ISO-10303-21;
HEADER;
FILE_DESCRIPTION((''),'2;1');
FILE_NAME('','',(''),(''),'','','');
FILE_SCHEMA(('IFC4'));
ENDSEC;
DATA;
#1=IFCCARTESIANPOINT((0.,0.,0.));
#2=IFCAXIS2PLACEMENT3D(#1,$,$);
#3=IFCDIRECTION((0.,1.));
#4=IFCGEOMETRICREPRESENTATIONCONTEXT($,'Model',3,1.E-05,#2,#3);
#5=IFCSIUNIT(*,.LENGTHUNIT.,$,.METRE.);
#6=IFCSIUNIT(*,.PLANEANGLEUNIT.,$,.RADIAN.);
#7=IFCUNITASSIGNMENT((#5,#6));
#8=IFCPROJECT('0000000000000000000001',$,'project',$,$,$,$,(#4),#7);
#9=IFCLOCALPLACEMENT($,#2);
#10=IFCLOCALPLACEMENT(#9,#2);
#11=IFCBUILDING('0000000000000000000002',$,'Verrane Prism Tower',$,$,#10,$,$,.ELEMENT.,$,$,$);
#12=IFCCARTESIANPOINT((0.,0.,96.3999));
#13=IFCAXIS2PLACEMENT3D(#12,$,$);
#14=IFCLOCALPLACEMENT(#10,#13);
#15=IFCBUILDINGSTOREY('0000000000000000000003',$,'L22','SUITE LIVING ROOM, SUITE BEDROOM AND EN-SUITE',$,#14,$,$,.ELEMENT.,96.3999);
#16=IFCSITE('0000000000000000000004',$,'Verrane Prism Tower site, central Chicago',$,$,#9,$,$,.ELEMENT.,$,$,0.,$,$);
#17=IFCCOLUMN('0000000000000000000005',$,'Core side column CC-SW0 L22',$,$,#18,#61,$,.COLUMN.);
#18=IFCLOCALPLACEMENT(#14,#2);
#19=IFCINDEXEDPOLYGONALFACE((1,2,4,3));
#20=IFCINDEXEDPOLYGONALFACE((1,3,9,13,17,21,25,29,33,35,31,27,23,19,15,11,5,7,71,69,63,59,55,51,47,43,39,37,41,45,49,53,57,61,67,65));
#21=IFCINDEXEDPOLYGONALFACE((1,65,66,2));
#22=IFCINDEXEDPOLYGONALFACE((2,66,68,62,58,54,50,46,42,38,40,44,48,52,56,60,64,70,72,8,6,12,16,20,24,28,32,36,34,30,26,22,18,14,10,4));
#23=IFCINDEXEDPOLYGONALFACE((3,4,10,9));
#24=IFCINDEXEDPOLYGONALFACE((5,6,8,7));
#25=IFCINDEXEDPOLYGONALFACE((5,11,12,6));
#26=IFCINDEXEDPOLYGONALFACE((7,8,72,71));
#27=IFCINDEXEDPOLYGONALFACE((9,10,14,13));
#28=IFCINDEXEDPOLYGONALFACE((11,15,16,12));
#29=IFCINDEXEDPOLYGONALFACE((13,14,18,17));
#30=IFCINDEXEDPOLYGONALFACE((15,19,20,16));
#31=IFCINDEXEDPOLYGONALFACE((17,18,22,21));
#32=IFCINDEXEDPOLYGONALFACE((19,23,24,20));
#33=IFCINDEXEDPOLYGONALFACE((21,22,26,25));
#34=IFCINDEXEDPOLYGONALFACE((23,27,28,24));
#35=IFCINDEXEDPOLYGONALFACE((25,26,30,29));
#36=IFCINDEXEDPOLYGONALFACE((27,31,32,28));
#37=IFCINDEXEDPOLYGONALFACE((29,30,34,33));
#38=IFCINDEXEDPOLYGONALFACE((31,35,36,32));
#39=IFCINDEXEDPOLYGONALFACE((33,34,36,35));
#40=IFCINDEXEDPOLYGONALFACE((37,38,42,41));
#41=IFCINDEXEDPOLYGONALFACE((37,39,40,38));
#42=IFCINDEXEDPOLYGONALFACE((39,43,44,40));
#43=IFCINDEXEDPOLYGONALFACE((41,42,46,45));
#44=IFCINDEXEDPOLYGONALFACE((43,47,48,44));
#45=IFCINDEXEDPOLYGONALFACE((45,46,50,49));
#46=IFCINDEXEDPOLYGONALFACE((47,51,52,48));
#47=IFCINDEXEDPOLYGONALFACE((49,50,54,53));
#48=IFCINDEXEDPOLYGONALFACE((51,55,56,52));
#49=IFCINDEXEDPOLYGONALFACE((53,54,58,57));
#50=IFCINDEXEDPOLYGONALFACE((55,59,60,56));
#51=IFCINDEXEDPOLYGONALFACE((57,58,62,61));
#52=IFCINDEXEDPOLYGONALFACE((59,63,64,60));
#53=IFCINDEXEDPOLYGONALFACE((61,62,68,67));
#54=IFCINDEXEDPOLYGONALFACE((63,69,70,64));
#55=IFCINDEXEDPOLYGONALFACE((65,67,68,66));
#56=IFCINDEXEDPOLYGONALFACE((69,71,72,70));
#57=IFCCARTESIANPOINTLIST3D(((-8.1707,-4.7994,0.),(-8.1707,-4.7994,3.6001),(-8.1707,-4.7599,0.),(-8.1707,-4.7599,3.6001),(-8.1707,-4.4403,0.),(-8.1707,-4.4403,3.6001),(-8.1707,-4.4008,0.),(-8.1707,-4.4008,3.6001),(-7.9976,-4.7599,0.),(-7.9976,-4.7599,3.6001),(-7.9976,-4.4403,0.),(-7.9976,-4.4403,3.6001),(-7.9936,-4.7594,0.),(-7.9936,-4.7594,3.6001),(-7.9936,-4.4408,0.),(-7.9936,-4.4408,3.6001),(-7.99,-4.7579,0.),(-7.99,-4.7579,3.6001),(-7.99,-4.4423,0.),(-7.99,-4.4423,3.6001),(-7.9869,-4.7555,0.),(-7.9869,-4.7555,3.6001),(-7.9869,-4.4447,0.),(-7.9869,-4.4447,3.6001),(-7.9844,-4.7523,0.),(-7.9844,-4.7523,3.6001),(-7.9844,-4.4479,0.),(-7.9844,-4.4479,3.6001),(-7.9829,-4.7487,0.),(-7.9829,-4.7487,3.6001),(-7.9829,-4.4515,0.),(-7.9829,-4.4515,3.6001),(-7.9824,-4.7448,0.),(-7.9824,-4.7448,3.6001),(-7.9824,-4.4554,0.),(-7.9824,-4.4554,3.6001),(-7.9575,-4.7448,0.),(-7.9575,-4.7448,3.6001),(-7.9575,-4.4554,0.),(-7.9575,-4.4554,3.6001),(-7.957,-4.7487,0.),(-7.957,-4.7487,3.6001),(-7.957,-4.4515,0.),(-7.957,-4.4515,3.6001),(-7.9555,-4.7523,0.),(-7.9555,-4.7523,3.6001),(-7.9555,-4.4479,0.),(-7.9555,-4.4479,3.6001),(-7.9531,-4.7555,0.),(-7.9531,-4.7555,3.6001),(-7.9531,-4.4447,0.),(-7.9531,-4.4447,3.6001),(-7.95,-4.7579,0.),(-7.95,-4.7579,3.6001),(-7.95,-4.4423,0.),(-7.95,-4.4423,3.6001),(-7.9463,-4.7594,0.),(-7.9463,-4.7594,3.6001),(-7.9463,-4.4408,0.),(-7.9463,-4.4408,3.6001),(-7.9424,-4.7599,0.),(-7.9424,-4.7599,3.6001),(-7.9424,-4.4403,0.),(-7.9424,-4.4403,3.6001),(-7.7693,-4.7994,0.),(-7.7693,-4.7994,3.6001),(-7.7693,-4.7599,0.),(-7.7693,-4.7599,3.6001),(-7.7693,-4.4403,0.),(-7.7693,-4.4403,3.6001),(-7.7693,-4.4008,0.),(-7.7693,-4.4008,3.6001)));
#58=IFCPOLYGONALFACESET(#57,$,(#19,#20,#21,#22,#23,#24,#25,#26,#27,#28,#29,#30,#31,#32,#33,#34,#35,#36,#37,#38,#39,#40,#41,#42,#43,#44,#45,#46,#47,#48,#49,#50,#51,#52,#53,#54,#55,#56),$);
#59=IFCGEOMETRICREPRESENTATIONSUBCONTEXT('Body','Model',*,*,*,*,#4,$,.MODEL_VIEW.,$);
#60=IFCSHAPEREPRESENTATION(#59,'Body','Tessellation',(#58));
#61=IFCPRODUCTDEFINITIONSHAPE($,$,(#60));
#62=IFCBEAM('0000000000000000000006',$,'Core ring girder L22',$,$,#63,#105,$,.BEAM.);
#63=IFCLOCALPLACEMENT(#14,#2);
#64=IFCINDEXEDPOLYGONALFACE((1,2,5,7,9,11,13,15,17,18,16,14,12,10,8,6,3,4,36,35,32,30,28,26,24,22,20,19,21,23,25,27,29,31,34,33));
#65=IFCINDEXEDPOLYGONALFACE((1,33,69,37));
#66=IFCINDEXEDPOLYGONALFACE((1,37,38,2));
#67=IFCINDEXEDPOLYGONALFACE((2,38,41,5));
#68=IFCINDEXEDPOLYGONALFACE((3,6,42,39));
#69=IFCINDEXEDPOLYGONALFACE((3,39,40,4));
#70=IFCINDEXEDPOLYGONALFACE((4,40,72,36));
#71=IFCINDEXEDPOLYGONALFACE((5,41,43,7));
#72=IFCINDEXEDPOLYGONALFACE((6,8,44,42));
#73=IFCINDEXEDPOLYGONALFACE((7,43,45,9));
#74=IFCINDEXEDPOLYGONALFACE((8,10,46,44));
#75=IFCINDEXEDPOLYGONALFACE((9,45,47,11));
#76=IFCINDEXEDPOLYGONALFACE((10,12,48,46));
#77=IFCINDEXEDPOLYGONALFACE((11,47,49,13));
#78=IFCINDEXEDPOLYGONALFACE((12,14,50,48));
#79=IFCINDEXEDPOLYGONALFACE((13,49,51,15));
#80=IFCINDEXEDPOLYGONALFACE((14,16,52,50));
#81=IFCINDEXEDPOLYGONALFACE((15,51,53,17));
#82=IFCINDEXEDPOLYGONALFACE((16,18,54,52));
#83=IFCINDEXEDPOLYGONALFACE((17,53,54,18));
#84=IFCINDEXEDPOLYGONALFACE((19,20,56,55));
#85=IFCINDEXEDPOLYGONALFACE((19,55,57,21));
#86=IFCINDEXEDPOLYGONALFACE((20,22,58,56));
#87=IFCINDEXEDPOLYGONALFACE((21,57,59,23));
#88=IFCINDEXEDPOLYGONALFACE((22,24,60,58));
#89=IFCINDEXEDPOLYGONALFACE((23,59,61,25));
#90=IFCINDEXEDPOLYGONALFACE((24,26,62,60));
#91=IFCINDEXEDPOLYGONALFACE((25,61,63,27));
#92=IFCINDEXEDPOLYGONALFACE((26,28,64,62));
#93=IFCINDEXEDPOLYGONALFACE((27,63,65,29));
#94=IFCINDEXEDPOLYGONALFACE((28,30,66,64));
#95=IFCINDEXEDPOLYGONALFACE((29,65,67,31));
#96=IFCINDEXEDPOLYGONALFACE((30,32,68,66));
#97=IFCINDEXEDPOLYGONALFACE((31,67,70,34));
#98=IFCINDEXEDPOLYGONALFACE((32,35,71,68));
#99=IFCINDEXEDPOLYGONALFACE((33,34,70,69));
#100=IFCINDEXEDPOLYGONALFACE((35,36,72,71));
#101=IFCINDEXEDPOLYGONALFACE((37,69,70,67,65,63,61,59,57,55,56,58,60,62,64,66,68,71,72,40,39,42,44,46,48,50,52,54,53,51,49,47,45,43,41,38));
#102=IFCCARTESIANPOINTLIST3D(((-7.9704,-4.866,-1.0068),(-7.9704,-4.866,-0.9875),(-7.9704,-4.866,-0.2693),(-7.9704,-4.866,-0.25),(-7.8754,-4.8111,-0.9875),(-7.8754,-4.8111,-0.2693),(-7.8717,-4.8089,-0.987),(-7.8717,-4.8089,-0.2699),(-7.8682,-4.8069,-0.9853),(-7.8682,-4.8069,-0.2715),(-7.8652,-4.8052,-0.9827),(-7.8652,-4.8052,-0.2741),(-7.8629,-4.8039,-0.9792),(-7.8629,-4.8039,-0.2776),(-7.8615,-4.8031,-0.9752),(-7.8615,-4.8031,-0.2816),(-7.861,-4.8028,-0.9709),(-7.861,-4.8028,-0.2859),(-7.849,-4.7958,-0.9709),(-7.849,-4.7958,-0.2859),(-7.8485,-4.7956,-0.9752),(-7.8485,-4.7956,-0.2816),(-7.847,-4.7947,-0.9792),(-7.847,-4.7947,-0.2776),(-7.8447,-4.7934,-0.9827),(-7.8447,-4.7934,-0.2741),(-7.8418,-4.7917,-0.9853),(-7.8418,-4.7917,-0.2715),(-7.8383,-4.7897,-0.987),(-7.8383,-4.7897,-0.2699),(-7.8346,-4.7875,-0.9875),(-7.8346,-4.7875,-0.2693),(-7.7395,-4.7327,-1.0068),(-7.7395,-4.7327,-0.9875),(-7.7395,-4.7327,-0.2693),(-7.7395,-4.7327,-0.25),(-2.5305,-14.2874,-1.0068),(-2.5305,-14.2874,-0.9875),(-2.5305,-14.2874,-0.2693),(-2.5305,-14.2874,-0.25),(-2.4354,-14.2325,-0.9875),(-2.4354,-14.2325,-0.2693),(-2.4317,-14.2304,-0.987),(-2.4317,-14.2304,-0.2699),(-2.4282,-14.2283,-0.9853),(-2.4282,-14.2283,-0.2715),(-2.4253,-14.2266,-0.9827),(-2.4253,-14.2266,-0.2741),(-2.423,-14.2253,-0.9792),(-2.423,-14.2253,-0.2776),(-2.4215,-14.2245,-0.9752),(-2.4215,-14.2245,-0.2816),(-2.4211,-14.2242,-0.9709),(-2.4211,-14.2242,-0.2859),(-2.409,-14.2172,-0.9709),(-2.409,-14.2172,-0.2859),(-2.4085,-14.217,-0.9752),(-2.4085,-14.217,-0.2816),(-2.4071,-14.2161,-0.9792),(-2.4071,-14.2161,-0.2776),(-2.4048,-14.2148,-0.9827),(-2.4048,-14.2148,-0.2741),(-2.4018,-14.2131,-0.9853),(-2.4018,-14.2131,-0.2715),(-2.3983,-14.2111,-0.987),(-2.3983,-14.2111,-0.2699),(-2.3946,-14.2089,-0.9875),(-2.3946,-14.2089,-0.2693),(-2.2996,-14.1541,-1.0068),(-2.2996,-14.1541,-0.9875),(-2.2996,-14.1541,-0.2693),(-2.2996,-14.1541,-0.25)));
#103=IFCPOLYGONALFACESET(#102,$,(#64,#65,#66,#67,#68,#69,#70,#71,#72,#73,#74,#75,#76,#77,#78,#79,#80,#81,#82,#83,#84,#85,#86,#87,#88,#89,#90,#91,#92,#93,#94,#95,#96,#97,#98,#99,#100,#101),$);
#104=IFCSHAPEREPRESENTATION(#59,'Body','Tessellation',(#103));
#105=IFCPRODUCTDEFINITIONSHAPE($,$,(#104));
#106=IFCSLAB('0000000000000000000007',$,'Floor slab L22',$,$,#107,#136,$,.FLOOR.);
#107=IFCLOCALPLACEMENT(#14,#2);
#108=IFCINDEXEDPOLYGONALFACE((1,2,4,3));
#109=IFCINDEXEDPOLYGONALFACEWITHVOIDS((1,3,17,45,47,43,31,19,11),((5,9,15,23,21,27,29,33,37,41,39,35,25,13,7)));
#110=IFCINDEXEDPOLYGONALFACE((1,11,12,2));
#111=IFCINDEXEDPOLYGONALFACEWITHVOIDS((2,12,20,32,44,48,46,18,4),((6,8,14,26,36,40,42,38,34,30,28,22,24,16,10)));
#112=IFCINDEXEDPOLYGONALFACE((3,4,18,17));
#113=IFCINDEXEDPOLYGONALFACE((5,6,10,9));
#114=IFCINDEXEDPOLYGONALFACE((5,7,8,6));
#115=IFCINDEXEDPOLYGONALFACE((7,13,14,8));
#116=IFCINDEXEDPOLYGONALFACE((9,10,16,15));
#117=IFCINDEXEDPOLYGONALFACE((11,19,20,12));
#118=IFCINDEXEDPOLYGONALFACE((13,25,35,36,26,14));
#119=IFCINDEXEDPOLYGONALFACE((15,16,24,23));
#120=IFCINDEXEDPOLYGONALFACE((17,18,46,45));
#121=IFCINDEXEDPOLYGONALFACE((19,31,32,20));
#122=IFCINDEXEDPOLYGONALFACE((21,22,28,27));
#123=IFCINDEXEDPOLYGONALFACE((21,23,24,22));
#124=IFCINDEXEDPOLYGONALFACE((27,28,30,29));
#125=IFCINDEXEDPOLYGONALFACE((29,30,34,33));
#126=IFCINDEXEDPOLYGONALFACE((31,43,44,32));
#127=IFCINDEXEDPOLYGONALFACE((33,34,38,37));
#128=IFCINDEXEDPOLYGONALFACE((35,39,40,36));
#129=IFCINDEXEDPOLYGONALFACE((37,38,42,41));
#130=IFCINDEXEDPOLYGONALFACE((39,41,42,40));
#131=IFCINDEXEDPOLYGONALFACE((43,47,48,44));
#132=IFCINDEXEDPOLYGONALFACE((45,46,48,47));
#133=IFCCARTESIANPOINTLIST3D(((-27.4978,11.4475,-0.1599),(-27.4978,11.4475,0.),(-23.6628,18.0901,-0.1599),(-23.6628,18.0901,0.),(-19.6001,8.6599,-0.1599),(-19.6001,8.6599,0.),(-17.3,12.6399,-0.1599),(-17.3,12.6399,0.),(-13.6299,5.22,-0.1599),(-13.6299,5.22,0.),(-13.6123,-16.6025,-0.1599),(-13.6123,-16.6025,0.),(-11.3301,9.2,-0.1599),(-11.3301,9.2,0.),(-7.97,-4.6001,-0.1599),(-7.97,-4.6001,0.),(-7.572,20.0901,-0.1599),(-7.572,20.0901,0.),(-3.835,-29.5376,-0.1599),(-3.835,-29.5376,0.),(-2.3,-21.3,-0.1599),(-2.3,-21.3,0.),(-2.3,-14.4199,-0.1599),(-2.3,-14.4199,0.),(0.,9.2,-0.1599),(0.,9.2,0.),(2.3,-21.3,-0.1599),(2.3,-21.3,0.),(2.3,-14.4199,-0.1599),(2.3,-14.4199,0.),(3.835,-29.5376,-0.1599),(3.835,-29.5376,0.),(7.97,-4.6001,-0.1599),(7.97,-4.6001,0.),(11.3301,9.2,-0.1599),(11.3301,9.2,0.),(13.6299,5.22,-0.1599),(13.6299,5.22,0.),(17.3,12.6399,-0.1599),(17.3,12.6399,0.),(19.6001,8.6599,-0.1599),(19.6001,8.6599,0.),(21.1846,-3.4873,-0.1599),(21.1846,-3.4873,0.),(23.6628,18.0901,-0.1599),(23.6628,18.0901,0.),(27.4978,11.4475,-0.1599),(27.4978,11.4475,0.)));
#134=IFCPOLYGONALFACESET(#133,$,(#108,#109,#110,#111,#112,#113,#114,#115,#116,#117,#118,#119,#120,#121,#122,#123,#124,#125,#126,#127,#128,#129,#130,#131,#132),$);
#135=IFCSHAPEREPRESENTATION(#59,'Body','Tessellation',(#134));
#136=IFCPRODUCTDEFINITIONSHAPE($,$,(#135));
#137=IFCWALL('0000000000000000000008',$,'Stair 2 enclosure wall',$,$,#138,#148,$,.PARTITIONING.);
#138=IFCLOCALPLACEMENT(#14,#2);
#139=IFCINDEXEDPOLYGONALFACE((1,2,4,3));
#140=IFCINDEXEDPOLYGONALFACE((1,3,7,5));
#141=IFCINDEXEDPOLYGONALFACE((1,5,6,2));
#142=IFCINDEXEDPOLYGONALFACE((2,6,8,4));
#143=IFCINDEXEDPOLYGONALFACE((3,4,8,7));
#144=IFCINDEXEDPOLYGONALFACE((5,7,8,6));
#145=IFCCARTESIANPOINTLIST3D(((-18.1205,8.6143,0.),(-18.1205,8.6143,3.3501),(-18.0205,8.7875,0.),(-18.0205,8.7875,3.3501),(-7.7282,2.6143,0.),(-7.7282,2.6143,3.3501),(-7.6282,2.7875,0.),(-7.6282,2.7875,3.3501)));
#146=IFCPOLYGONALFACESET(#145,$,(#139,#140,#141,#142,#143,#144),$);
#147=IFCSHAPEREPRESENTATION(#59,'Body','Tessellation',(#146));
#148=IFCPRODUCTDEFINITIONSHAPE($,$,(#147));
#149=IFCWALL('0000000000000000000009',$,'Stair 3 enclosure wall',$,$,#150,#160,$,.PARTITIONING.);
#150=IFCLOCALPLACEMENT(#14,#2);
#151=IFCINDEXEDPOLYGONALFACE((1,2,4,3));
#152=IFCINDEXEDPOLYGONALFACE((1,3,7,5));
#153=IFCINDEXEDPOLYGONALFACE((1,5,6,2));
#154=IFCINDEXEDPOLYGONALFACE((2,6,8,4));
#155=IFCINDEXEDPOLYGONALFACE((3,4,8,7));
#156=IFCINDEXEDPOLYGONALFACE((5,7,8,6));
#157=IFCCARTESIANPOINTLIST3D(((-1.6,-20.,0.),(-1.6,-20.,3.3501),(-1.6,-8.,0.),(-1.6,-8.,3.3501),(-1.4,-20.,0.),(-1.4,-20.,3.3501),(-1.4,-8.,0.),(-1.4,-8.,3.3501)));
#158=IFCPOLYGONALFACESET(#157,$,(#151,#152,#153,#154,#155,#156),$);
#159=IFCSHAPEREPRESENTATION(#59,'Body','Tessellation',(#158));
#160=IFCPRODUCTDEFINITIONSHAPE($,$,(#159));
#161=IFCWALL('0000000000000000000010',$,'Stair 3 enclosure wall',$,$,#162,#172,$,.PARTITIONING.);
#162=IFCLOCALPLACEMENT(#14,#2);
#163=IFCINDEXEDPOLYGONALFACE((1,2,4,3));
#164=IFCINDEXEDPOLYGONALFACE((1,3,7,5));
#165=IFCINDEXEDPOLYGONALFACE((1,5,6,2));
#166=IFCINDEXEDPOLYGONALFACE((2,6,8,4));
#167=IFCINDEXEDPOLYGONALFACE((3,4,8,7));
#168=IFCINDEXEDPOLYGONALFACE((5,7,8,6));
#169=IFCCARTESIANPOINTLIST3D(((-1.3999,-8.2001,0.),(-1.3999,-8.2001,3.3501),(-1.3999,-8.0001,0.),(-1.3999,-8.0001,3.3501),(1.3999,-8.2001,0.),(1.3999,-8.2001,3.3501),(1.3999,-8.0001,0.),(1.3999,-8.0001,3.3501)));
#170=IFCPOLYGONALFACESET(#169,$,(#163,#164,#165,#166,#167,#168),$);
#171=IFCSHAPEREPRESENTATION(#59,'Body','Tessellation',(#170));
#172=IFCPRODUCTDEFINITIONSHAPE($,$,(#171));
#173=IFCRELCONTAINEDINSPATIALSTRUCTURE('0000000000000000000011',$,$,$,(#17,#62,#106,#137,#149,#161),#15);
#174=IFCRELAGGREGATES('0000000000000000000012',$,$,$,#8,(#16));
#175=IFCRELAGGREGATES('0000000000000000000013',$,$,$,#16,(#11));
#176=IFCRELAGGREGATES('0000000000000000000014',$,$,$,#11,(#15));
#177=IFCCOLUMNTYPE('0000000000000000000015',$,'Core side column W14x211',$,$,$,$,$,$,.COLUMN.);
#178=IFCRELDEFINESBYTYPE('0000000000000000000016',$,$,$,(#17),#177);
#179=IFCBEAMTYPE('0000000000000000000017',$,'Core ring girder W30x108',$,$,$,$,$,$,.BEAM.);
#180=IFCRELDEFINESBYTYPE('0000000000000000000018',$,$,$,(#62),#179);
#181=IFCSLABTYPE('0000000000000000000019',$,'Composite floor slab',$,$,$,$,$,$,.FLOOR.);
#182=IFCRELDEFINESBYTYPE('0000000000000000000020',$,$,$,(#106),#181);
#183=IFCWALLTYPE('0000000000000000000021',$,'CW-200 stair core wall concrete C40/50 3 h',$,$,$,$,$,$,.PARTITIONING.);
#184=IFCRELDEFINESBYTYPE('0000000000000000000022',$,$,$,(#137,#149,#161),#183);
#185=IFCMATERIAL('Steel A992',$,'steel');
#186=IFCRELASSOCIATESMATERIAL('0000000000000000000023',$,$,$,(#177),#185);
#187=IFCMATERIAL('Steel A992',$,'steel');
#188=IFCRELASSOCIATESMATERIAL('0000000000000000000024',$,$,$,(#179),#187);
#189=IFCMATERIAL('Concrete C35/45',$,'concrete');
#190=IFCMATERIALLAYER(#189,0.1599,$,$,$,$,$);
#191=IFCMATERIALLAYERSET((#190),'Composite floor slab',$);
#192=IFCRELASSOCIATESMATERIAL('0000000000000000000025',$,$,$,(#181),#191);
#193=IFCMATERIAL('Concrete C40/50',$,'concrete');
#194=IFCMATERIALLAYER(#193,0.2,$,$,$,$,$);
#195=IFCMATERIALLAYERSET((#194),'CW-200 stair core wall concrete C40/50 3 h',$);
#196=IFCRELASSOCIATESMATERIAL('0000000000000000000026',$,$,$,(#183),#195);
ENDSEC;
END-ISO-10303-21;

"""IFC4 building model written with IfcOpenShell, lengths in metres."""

from ifc_helpers import new_model, si_unit, direction, frame, frame_2d, origin, origin_2d, place, context, subcontext, project, spatial, polyline, rectangle, i_section, outline, extrude, material, layer, layer_set, material_profile, profile_set, type_object, element, save


model = new_model("IFC4")

# Units and contexts
model_context = context("Model", 3, precision=1e-05, world=origin(), true_north=direction((0.0, 1.0)))
body_context = subcontext(model_context, "Body", "Model", "MODEL_VIEW")
ifc_project = project(units=[si_unit("LENGTHUNIT", "METRE"), si_unit("PLANEANGLEUNIT", "RADIAN")], contexts=[model_context])

# Site, building, storey
site_placement = place(None, origin())
site = spatial("IfcSite", under=ifc_project, at=site_placement, Name="Verrane Prism Tower site, central Chicago", CompositionType="ELEMENT", RefElevation=0.0)
building_placement = place(site_placement, origin())
building = spatial("IfcBuilding", under=site, at=building_placement, Name="Verrane Prism Tower", CompositionType="ELEMENT")
storey_placement = place(building_placement, frame((0.0, 0.0, 96.3999)))
storey = spatial("IfcBuildingStorey", under=building, at=storey_placement, Name="L22", Description="SUITE LIVING ROOM, SUITE BEDROOM AND EN-SUITE", CompositionType="ELEMENT", Elevation=96.3999)

# Column
ifc_material_1 = material(Name="Steel A992", Category="steel")
ifc_material_profile_1 = material_profile(ifc_material_1, i_section(OverallWidth=0.4014, OverallDepth=0.3987, WebThickness=0.0249, FlangeThickness=0.0396, FilletRadius=0.0151, at=origin_2d()), Name="W14x211")
ifc_profile_set_1 = profile_set([ifc_material_profile_1], Name="Steel A992")
column_type = type_object("IfcColumnType", Name="Core side column W14x211", PredefinedType="COLUMN", material=ifc_profile_set_1)
column_placement = place(storey_placement, frame((-7.97, -4.6001, 0.0), z_axis=(0.0, 0.0, 1.0), x_axis=(1.0, 0.0, 0.0)))
element("IfcColumn", 1, at=column_placement, inside=storey, type_object=column_type, Name="Core side column CC-SW0 L22", PredefinedType="COLUMN", context=body_context, shape_type="SweptSolid", body=[
    extrude(i_section(OverallWidth=0.4014, OverallDepth=0.3987, WebThickness=0.0249, FlangeThickness=0.0396, FilletRadius=0.0151, at=origin_2d()), origin(), (0.0, 0.0, 1.0), 3.6001),
])

# Beam
ifc_material_2 = material(Name="Steel A992", Category="steel")
ifc_material_profile_2 = material_profile(ifc_material_2, i_section(OverallWidth=0.2666, OverallDepth=0.7568, WebThickness=0.0139, FlangeThickness=0.0193, FilletRadius=0.0166, at=origin_2d()), Name="W30x108")
ifc_profile_set_2 = profile_set([ifc_material_profile_2], Name="Steel A992")
beam_type = type_object("IfcBeamType", Name="Core ring girder W30x108", PredefinedType="BEAM", material=ifc_profile_set_2)
beam_placement = place(storey_placement, frame((-7.855, -4.7993, -0.6284), z_axis=(0.500035, -0.866005, 0.0), x_axis=(0.866005, 0.500035, 0.0)))
element("IfcBeam", 2, at=beam_placement, inside=storey, type_object=beam_type, Name="Core ring girder L22", PredefinedType="BEAM", context=body_context, shape_type="SweptSolid", body=[
    extrude(i_section(OverallWidth=0.2666, OverallDepth=0.7568, WebThickness=0.0139, FlangeThickness=0.0193, FilletRadius=0.0166, at=origin_2d()), origin(), (0.0, 0.0, 1.0), 10.8792),
])

# Slab
ifc_material_3 = material(Name="Concrete C35/45", Category="concrete")
ifc_layer_1 = layer(ifc_material_3, 0.1599)
ifc_layer_set_1 = layer_set([ifc_layer_1], Name="Composite floor slab")
slab_type = type_object("IfcSlabType", Name="Composite floor slab", PredefinedType="FLOOR", material=ifc_layer_set_1)
slab_placement = place(storey_placement, frame((0.0, 0.0, -0.1599)))
element("IfcSlab", 3, at=slab_placement, inside=storey, type_object=slab_type, Name="Floor slab L22", PredefinedType="FLOOR", context=body_context, shape_type="SweptSolid", body=[
    extrude(outline(polyline([(21.1846, -3.4873), (3.835, -29.5376), (-3.835, -29.5376), (-13.6123, -16.6025), (-27.4978, 11.4475), (-23.6628, 18.0901), (-7.572, 20.0901), (23.6628, 18.0901), (27.4978, 11.4475), (21.1846, -3.4873)]), holes=[polyline([(19.6001, 8.6599), (17.3, 12.6399), (11.3301, 9.2), (0.0, 9.2), (-11.3301, 9.2), (-17.3, 12.6399), (-19.6001, 8.6599), (-13.6299, 5.22), (-7.97, -4.6001), (-2.3, -14.4199), (-2.3, -21.3), (2.3, -21.3), (2.3, -14.4199), (7.97, -4.6001), (13.6299, 5.22), (19.6001, 8.6599)])]), origin(), (0.0, 0.0, 1.0), 0.1599),
])

# Walls
ifc_material_4 = material(Name="Concrete C40/50", Category="concrete")
ifc_layer_2 = layer(ifc_material_4, 0.2)
ifc_layer_set_2 = layer_set([ifc_layer_2], Name="CW-200 stair core wall concrete C40/50 3 h")
wall_type_1 = type_object("IfcWallType", Name="CW-200 stair core wall concrete C40/50 3 h", PredefinedType="PARTITIONING", material=ifc_layer_set_2)
for number, where, z_axis, x_axis, name in (
    (4, (-7.6782, 2.7009, 0.0), (0.0, 0.0, 1.0), (-0.866026, 0.499999, 0.0), "Stair 2 enclosure wall"),
    (5, (-1.5, -8.0, 0.0), (0.0, 0.0, 1.0), (0.0, -1.0, 0.0), "Stair 3 enclosure wall"),
):
    element("IfcWall", number, at=place(storey_placement, frame(where, z_axis=z_axis, x_axis=x_axis)), inside=storey, type_object=wall_type_1, Name=name, PredefinedType="PARTITIONING", context=body_context, shape_type="SweptSolid", body=[
        extrude(rectangle(XDim=12.0, YDim=0.2, at=frame_2d((6.0, 0.0))), origin(), (0.0, 0.0, 1.0), 3.3501),
    ])
wall_1_placement = place(storey_placement, frame((-1.3999, -8.1001, 0.0), z_axis=(0.0, 0.0, 1.0), x_axis=(1.0, 0.0, 0.0)))
element("IfcWall", 6, at=wall_1_placement, inside=storey, type_object=wall_type_1, Name="Stair 3 enclosure wall", PredefinedType="PARTITIONING", context=body_context, shape_type="SweptSolid", body=[
    extrude(rectangle(XDim=2.7998, YDim=0.2, at=frame_2d((1.3999, 0.0))), origin(), (0.0, 0.0, 1.0), 3.3501),
])

save(model, "model.ifc")
